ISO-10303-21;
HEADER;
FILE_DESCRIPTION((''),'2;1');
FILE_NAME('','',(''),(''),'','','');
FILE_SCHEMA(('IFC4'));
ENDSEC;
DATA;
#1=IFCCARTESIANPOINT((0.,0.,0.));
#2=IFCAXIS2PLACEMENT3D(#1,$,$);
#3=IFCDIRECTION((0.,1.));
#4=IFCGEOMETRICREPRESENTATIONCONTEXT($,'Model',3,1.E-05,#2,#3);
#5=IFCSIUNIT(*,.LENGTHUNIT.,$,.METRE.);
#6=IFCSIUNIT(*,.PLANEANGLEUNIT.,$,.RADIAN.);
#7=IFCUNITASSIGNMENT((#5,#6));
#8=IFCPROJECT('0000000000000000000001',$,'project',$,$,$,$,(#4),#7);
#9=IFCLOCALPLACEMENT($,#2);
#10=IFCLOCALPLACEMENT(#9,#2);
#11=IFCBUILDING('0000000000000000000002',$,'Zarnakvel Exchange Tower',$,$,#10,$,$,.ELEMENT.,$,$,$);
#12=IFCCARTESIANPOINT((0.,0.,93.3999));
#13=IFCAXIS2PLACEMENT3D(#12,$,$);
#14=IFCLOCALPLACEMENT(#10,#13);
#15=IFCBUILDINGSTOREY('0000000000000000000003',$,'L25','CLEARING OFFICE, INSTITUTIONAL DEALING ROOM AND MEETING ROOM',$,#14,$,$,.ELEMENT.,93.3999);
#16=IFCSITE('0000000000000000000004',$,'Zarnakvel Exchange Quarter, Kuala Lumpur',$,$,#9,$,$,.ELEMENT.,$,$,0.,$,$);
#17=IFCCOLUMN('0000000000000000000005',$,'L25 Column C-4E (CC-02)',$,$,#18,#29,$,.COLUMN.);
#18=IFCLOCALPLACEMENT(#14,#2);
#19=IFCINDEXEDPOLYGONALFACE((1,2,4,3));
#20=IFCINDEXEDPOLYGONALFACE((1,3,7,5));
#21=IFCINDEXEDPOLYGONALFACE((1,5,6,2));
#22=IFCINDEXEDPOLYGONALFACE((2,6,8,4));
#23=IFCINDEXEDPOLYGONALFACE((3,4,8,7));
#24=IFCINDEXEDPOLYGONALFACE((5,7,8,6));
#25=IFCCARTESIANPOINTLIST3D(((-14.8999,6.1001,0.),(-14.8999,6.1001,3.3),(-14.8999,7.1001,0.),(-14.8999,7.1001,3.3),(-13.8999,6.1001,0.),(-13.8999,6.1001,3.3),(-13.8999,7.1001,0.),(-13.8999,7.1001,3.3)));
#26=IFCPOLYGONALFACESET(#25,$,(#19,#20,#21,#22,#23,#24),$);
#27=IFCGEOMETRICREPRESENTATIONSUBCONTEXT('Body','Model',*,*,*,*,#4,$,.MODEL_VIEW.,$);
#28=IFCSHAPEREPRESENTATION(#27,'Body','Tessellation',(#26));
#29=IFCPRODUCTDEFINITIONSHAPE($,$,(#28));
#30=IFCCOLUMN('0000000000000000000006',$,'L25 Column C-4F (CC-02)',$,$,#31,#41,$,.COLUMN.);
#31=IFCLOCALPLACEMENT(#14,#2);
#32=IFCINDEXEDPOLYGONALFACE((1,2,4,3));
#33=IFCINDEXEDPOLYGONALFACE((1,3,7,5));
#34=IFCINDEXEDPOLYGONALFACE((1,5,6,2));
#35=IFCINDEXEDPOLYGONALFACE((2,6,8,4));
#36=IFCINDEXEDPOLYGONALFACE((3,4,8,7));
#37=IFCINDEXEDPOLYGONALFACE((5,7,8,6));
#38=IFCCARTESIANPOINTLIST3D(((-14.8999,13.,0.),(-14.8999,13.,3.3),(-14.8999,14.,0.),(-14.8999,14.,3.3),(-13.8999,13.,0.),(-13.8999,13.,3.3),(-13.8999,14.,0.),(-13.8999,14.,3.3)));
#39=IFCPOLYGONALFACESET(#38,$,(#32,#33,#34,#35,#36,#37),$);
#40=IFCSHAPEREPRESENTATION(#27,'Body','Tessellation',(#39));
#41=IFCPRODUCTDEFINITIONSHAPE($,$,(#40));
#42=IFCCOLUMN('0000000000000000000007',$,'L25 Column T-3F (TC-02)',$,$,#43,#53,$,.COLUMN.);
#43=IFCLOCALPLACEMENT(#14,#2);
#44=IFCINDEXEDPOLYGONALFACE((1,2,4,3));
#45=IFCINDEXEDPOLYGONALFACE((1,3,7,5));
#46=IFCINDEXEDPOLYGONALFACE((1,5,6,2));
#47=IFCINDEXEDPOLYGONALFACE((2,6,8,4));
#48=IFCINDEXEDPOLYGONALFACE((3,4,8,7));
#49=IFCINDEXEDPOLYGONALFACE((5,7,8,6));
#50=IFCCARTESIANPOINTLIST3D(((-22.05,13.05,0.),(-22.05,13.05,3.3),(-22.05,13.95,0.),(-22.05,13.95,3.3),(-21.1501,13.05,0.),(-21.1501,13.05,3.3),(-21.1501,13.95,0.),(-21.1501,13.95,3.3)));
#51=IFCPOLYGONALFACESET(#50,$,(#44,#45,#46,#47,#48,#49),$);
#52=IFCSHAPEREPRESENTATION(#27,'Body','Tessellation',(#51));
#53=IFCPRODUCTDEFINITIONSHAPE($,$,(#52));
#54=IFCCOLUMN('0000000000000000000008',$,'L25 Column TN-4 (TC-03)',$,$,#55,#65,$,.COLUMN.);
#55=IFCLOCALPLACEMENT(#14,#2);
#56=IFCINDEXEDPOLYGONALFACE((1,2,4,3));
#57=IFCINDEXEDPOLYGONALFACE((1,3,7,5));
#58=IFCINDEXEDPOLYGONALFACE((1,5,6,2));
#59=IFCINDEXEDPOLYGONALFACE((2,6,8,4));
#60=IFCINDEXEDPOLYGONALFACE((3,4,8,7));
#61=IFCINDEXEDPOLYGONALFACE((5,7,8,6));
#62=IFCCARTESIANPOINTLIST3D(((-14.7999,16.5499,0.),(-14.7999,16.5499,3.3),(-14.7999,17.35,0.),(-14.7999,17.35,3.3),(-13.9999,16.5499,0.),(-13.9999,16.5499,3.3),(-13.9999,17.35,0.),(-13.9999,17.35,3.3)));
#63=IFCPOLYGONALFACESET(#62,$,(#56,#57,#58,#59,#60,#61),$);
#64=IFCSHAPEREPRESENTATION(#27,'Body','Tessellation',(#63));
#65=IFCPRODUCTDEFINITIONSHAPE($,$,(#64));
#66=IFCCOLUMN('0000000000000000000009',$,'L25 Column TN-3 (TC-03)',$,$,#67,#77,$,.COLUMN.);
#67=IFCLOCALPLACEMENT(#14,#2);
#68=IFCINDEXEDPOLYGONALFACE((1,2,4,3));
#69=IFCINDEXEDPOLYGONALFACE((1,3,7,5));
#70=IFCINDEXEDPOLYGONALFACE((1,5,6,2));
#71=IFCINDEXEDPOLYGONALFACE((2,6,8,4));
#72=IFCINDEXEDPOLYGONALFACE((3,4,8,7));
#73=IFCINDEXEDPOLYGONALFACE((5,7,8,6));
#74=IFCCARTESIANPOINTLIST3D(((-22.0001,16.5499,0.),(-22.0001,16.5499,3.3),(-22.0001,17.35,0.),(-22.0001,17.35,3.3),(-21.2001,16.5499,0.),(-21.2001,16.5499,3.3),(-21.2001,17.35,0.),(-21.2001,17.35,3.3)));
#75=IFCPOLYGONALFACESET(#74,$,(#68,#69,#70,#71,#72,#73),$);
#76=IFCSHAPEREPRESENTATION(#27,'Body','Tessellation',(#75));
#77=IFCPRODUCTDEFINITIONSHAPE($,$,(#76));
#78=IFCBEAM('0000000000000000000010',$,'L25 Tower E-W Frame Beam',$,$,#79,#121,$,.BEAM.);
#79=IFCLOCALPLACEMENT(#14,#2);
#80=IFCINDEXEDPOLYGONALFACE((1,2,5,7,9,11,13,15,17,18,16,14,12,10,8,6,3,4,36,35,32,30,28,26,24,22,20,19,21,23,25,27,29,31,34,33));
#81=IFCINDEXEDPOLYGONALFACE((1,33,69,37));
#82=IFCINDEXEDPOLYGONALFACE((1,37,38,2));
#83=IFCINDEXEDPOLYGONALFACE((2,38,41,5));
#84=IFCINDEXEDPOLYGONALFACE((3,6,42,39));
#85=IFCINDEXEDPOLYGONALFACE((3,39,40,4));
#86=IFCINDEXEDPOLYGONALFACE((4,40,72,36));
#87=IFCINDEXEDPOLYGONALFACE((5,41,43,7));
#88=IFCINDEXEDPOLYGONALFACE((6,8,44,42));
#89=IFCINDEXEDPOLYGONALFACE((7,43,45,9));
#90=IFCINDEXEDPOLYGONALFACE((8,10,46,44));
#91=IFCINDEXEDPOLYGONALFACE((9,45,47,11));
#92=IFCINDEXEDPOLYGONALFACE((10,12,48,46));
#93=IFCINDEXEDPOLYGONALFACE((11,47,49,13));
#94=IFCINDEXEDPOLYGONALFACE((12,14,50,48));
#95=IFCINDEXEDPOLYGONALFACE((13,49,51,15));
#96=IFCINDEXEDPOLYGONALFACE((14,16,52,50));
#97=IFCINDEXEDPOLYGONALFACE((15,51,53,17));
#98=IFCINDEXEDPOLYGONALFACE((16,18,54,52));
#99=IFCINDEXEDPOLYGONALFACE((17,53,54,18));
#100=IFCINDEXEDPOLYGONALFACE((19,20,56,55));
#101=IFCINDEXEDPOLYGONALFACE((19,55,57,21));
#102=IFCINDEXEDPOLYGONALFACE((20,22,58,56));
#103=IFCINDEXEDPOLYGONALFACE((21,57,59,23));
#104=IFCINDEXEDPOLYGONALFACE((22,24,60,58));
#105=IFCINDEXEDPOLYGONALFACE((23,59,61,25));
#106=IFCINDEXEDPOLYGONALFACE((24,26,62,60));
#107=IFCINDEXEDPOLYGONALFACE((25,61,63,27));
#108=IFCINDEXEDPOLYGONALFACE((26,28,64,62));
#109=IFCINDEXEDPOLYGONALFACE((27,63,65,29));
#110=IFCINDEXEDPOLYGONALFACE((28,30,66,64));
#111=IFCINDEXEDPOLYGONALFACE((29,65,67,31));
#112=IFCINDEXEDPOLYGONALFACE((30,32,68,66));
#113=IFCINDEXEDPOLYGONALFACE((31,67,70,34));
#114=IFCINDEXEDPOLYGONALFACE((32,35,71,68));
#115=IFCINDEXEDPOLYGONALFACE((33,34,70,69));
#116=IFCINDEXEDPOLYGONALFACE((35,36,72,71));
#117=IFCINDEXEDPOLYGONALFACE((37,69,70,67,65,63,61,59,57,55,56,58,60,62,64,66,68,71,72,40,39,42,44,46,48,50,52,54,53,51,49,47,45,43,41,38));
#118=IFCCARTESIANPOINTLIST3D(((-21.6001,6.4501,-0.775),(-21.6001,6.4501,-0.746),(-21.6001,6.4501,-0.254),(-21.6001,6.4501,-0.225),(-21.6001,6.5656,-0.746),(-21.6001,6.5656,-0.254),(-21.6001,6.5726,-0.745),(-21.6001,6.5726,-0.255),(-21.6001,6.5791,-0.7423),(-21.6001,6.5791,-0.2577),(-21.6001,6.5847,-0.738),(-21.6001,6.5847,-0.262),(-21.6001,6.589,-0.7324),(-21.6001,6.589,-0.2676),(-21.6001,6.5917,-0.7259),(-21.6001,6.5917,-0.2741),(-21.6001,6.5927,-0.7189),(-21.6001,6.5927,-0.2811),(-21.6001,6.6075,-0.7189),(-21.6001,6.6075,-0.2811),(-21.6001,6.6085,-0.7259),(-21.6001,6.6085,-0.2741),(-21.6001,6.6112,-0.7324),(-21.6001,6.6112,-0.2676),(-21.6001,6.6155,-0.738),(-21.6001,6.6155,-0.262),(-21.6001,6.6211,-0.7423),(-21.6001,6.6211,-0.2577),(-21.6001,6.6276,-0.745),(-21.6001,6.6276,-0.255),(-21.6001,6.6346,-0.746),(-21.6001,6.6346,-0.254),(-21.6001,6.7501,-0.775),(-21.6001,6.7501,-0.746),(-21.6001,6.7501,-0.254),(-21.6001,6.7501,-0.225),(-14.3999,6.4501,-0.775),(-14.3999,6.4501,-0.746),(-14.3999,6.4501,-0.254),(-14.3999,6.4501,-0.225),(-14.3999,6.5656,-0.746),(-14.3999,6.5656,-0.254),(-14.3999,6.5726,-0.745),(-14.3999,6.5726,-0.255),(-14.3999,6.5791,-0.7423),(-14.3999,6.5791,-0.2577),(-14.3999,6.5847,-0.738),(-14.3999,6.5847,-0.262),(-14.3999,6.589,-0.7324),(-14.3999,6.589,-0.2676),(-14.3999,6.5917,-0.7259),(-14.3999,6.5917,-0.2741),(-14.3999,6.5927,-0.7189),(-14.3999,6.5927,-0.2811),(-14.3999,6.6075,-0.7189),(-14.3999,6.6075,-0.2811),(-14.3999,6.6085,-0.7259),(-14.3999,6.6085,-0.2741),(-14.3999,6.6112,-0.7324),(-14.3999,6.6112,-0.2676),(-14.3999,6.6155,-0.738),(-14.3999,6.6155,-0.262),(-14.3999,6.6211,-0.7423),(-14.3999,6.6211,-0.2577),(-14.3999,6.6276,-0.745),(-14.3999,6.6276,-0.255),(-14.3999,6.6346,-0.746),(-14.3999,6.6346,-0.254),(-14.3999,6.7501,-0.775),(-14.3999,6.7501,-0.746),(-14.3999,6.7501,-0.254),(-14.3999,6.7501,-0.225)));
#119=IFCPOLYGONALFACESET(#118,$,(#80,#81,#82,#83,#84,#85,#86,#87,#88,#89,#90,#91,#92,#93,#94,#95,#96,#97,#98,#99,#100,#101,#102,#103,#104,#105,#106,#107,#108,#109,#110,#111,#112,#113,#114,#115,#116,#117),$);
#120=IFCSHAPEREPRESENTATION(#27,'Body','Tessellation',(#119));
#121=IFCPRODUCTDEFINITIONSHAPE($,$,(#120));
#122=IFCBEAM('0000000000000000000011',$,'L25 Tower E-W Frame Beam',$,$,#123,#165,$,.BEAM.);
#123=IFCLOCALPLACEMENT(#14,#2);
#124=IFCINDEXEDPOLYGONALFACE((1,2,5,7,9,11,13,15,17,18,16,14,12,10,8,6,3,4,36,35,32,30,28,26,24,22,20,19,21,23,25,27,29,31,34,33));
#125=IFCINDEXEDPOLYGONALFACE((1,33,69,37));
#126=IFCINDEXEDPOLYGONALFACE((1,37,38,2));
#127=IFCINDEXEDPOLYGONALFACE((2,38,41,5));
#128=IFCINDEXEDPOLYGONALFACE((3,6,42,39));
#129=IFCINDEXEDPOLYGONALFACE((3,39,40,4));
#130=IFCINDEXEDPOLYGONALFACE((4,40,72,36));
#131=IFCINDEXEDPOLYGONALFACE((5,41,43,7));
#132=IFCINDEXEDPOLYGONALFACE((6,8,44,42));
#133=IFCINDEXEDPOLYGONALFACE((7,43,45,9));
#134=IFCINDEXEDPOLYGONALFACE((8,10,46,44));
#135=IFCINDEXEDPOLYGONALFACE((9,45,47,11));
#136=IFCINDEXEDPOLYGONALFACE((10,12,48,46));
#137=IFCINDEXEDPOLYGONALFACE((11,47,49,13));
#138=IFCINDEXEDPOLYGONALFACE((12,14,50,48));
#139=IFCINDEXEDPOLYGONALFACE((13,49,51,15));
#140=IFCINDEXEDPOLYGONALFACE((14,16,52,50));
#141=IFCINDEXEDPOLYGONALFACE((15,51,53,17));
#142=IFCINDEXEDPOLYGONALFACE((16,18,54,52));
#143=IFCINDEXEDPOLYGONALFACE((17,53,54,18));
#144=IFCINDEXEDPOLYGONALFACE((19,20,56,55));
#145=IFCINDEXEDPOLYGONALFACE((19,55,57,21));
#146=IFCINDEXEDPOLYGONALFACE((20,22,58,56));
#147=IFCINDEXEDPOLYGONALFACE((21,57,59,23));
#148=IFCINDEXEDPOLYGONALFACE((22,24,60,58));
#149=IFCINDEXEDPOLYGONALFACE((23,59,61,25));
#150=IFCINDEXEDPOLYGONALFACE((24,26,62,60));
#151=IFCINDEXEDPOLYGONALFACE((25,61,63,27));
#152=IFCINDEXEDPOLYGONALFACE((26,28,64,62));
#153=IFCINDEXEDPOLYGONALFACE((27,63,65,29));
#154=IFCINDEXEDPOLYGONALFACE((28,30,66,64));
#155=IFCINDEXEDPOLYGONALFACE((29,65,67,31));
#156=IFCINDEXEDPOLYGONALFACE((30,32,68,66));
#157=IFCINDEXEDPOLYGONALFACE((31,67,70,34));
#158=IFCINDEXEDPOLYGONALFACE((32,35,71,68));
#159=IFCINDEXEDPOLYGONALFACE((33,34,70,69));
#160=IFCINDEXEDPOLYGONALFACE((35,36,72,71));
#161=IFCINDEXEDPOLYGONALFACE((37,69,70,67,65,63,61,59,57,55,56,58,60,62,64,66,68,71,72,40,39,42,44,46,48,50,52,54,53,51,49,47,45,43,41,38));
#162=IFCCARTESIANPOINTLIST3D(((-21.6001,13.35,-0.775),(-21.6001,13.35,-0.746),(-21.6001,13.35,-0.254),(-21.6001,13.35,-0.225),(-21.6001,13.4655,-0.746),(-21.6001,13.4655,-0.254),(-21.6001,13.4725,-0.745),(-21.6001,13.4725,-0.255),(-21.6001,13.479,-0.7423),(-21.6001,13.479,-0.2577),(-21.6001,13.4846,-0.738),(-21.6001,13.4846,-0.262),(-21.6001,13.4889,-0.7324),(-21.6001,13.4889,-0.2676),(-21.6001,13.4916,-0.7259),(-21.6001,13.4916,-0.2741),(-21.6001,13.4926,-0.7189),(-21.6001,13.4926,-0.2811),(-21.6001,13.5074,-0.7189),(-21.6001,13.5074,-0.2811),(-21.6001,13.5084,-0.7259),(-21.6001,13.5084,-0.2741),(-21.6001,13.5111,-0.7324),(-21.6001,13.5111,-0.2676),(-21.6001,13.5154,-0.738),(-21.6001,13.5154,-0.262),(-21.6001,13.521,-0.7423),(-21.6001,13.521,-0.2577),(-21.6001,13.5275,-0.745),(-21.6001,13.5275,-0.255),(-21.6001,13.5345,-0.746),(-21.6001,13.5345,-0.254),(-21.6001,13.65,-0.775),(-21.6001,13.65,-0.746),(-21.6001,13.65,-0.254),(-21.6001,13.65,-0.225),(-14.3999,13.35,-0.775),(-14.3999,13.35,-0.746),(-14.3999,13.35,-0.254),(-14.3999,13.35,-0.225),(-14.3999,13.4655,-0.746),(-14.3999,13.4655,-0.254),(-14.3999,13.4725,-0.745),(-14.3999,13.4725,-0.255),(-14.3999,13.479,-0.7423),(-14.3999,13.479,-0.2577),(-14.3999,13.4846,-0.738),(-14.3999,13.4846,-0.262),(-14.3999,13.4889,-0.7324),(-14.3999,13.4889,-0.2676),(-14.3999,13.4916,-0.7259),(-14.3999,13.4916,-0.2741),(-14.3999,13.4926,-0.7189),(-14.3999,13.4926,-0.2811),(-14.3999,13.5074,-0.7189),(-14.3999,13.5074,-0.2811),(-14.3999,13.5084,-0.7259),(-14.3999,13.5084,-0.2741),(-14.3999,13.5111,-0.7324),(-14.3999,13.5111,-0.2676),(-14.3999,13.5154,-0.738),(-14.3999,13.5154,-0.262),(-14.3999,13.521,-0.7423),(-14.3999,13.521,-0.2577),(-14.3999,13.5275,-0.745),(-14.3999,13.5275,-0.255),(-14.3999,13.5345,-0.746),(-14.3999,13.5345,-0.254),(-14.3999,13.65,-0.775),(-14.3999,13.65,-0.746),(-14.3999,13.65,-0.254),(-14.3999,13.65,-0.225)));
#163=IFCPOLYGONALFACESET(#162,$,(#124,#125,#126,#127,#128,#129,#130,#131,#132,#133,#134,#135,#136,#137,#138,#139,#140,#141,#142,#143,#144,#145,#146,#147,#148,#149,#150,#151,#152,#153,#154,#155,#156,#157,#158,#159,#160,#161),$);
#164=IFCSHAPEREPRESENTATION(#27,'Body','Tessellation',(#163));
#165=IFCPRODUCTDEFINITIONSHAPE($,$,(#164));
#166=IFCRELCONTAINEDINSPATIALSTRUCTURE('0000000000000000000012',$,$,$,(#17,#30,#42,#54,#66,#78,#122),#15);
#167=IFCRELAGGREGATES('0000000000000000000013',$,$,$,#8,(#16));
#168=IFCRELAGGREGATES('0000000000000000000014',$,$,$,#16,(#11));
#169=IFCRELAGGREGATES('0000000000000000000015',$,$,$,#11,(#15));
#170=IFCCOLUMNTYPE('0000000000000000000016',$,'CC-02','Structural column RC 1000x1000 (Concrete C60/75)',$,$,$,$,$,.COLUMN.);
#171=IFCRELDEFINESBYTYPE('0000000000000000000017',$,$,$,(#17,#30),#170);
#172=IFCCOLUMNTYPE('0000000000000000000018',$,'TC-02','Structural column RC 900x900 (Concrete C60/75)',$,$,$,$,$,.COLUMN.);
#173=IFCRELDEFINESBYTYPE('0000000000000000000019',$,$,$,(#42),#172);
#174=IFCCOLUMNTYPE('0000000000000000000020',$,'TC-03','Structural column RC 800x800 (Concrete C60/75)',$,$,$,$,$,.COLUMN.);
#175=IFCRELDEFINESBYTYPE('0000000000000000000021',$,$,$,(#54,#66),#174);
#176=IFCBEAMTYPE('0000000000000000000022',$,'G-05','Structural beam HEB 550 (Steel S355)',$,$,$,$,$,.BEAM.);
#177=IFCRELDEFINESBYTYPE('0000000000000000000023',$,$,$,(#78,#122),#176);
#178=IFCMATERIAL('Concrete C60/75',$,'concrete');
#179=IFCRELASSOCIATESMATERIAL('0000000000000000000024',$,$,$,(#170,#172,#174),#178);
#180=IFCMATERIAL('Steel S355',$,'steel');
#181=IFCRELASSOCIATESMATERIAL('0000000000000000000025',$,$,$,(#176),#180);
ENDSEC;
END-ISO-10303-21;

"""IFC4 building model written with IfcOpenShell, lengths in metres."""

from ifc_helpers import new_model, si_unit, direction, frame, origin, origin_2d, place, context, subcontext, project, spatial, rectangle, i_section, extrude, material, material_profile, profile_set, type_object, element, save


model = new_model("IFC4")

# Units and contexts
model_context = context("Model", 3, precision=1e-05, world=origin(), true_north=direction((0.0, 1.0)))
body_context = subcontext(model_context, "Body", "Model", "MODEL_VIEW")
ifc_project = project(units=[si_unit("LENGTHUNIT", "METRE"), si_unit("PLANEANGLEUNIT", "RADIAN")], contexts=[model_context])

# Site, building, storey
site_placement = place(None, origin())
site = spatial("IfcSite", under=ifc_project, at=site_placement, Name="Zarnakvel Exchange Quarter, Kuala Lumpur", CompositionType="ELEMENT", RefElevation=0.0)
building_placement = place(site_placement, origin())
building = spatial("IfcBuilding", under=site, at=building_placement, Name="Zarnakvel Exchange Tower", CompositionType="ELEMENT")
storey_placement = place(building_placement, frame((0.0, 0.0, 93.3999)))
storey = spatial("IfcBuildingStorey", under=building, at=storey_placement, Name="L25", Description="CLEARING OFFICE, INSTITUTIONAL DEALING ROOM AND MEETING ROOM", CompositionType="ELEMENT", Elevation=93.3999)

# Columns
ifc_material_1 = material(Name="Concrete C60/75", Category="concrete")
ifc_material_profile_1 = material_profile(ifc_material_1, rectangle(XDim=1.0, YDim=1.0, at=origin_2d()))
ifc_profile_set_1 = profile_set([ifc_material_profile_1], Name="Concrete C60/75")
column_type_1 = type_object("IfcColumnType", Name="CC-02", Description="Structural column RC 1000x1000 (Concrete C60/75)", PredefinedType="COLUMN", material=ifc_profile_set_1)
for number, where, z_axis, x_axis, name in (
    (1, (-14.3999, 6.6001, 0.0), (0.0, 0.0, 1.0), (1.0, 0.0, 0.0), "L25 Column C-4E (CC-02)"),
    (2, (-14.3999, 13.5, 0.0), (0.0, 0.0, 1.0), (1.0, 0.0, 0.0), "L25 Column C-4F (CC-02)"),
):
    element("IfcColumn", number, at=place(storey_placement, frame(where, z_axis=z_axis, x_axis=x_axis)), inside=storey, type_object=column_type_1, Name=name, PredefinedType="COLUMN", context=body_context, shape_type="SweptSolid", body=[
        extrude(rectangle(XDim=1.0, YDim=1.0, at=origin_2d()), origin(), (0.0, 0.0, 1.0), 3.3),
    ])
ifc_material_profile_2 = material_profile(ifc_material_1, rectangle(XDim=0.8999, YDim=0.8999, at=origin_2d()))
ifc_profile_set_2 = profile_set([ifc_material_profile_2], Name="Concrete C60/75")
column_type_2 = type_object("IfcColumnType", Name="TC-02", Description="Structural column RC 900x900 (Concrete C60/75)", PredefinedType="COLUMN", material=ifc_profile_set_2)
column_placement = place(storey_placement, frame((-21.6001, 13.5, 0.0), z_axis=(0.0, 0.0, 1.0), x_axis=(1.0, 0.0, 0.0)))
element("IfcColumn", 3, at=column_placement, inside=storey, type_object=column_type_2, Name="L25 Column T-3F (TC-02)", PredefinedType="COLUMN", context=body_context, shape_type="SweptSolid", body=[
    extrude(rectangle(XDim=0.8999, YDim=0.8999, at=origin_2d()), origin(), (0.0, 0.0, 1.0), 3.3),
])
ifc_material_profile_3 = material_profile(ifc_material_1, rectangle(XDim=0.8, YDim=0.8, at=origin_2d()))
ifc_profile_set_3 = profile_set([ifc_material_profile_3], Name="Concrete C60/75")
column_type_3 = type_object("IfcColumnType", Name="TC-03", Description="Structural column RC 800x800 (Concrete C60/75)", PredefinedType="COLUMN", material=ifc_profile_set_3)
for number, where, z_axis, x_axis, name in (
    (4, (-14.3999, 16.95, 0.0), (0.0, 0.0, 1.0), (1.0, 0.0, 0.0), "L25 Column TN-4 (TC-03)"),
    (5, (-21.6001, 16.95, 0.0), (0.0, 0.0, 1.0), (1.0, 0.0, 0.0), "L25 Column TN-3 (TC-03)"),
):
    element("IfcColumn", number, at=place(storey_placement, frame(where, z_axis=z_axis, x_axis=x_axis)), inside=storey, type_object=column_type_3, Name=name, PredefinedType="COLUMN", context=body_context, shape_type="SweptSolid", body=[
        extrude(rectangle(XDim=0.8, YDim=0.8, at=origin_2d()), origin(), (0.0, 0.0, 1.0), 3.3),
    ])

# Beams
ifc_material_2 = material(Name="Steel S355", Category="steel")
ifc_material_profile_4 = material_profile(ifc_material_2, i_section(OverallWidth=0.3, OverallDepth=0.55, WebThickness=0.0149, FlangeThickness=0.0291, FilletRadius=0.0271, at=origin_2d()))
ifc_profile_set_4 = profile_set([ifc_material_profile_4], Name="Steel S355")
beam_type_1 = type_object("IfcBeamType", Name="G-05", Description="Structural beam HEB 550 (Steel S355)", PredefinedType="BEAM", material=ifc_profile_set_4)
for number, where, z_axis, x_axis, name in (
    (6, (-21.6001, 6.6001, -0.5), (1.0, 0.0, 0.0), (0.0, 1.0, 0.0), "L25 Tower E-W Frame Beam"),
    (7, (-21.6001, 13.5, -0.5), (1.0, 0.0, 0.0), (0.0, 1.0, 0.0), "L25 Tower E-W Frame Beam"),
):
    element("IfcBeam", number, at=place(storey_placement, frame(where, z_axis=z_axis, x_axis=x_axis)), inside=storey, type_object=beam_type_1, Name=name, PredefinedType="BEAM", context=body_context, shape_type="SweptSolid", body=[
        extrude(i_section(OverallWidth=0.3, OverallDepth=0.55, WebThickness=0.0149, FlangeThickness=0.0291, FilletRadius=0.0271, at=origin_2d()), origin(), (0.0, 0.0, 1.0), 7.2002),
    ])

save(model, "model.ifc")
